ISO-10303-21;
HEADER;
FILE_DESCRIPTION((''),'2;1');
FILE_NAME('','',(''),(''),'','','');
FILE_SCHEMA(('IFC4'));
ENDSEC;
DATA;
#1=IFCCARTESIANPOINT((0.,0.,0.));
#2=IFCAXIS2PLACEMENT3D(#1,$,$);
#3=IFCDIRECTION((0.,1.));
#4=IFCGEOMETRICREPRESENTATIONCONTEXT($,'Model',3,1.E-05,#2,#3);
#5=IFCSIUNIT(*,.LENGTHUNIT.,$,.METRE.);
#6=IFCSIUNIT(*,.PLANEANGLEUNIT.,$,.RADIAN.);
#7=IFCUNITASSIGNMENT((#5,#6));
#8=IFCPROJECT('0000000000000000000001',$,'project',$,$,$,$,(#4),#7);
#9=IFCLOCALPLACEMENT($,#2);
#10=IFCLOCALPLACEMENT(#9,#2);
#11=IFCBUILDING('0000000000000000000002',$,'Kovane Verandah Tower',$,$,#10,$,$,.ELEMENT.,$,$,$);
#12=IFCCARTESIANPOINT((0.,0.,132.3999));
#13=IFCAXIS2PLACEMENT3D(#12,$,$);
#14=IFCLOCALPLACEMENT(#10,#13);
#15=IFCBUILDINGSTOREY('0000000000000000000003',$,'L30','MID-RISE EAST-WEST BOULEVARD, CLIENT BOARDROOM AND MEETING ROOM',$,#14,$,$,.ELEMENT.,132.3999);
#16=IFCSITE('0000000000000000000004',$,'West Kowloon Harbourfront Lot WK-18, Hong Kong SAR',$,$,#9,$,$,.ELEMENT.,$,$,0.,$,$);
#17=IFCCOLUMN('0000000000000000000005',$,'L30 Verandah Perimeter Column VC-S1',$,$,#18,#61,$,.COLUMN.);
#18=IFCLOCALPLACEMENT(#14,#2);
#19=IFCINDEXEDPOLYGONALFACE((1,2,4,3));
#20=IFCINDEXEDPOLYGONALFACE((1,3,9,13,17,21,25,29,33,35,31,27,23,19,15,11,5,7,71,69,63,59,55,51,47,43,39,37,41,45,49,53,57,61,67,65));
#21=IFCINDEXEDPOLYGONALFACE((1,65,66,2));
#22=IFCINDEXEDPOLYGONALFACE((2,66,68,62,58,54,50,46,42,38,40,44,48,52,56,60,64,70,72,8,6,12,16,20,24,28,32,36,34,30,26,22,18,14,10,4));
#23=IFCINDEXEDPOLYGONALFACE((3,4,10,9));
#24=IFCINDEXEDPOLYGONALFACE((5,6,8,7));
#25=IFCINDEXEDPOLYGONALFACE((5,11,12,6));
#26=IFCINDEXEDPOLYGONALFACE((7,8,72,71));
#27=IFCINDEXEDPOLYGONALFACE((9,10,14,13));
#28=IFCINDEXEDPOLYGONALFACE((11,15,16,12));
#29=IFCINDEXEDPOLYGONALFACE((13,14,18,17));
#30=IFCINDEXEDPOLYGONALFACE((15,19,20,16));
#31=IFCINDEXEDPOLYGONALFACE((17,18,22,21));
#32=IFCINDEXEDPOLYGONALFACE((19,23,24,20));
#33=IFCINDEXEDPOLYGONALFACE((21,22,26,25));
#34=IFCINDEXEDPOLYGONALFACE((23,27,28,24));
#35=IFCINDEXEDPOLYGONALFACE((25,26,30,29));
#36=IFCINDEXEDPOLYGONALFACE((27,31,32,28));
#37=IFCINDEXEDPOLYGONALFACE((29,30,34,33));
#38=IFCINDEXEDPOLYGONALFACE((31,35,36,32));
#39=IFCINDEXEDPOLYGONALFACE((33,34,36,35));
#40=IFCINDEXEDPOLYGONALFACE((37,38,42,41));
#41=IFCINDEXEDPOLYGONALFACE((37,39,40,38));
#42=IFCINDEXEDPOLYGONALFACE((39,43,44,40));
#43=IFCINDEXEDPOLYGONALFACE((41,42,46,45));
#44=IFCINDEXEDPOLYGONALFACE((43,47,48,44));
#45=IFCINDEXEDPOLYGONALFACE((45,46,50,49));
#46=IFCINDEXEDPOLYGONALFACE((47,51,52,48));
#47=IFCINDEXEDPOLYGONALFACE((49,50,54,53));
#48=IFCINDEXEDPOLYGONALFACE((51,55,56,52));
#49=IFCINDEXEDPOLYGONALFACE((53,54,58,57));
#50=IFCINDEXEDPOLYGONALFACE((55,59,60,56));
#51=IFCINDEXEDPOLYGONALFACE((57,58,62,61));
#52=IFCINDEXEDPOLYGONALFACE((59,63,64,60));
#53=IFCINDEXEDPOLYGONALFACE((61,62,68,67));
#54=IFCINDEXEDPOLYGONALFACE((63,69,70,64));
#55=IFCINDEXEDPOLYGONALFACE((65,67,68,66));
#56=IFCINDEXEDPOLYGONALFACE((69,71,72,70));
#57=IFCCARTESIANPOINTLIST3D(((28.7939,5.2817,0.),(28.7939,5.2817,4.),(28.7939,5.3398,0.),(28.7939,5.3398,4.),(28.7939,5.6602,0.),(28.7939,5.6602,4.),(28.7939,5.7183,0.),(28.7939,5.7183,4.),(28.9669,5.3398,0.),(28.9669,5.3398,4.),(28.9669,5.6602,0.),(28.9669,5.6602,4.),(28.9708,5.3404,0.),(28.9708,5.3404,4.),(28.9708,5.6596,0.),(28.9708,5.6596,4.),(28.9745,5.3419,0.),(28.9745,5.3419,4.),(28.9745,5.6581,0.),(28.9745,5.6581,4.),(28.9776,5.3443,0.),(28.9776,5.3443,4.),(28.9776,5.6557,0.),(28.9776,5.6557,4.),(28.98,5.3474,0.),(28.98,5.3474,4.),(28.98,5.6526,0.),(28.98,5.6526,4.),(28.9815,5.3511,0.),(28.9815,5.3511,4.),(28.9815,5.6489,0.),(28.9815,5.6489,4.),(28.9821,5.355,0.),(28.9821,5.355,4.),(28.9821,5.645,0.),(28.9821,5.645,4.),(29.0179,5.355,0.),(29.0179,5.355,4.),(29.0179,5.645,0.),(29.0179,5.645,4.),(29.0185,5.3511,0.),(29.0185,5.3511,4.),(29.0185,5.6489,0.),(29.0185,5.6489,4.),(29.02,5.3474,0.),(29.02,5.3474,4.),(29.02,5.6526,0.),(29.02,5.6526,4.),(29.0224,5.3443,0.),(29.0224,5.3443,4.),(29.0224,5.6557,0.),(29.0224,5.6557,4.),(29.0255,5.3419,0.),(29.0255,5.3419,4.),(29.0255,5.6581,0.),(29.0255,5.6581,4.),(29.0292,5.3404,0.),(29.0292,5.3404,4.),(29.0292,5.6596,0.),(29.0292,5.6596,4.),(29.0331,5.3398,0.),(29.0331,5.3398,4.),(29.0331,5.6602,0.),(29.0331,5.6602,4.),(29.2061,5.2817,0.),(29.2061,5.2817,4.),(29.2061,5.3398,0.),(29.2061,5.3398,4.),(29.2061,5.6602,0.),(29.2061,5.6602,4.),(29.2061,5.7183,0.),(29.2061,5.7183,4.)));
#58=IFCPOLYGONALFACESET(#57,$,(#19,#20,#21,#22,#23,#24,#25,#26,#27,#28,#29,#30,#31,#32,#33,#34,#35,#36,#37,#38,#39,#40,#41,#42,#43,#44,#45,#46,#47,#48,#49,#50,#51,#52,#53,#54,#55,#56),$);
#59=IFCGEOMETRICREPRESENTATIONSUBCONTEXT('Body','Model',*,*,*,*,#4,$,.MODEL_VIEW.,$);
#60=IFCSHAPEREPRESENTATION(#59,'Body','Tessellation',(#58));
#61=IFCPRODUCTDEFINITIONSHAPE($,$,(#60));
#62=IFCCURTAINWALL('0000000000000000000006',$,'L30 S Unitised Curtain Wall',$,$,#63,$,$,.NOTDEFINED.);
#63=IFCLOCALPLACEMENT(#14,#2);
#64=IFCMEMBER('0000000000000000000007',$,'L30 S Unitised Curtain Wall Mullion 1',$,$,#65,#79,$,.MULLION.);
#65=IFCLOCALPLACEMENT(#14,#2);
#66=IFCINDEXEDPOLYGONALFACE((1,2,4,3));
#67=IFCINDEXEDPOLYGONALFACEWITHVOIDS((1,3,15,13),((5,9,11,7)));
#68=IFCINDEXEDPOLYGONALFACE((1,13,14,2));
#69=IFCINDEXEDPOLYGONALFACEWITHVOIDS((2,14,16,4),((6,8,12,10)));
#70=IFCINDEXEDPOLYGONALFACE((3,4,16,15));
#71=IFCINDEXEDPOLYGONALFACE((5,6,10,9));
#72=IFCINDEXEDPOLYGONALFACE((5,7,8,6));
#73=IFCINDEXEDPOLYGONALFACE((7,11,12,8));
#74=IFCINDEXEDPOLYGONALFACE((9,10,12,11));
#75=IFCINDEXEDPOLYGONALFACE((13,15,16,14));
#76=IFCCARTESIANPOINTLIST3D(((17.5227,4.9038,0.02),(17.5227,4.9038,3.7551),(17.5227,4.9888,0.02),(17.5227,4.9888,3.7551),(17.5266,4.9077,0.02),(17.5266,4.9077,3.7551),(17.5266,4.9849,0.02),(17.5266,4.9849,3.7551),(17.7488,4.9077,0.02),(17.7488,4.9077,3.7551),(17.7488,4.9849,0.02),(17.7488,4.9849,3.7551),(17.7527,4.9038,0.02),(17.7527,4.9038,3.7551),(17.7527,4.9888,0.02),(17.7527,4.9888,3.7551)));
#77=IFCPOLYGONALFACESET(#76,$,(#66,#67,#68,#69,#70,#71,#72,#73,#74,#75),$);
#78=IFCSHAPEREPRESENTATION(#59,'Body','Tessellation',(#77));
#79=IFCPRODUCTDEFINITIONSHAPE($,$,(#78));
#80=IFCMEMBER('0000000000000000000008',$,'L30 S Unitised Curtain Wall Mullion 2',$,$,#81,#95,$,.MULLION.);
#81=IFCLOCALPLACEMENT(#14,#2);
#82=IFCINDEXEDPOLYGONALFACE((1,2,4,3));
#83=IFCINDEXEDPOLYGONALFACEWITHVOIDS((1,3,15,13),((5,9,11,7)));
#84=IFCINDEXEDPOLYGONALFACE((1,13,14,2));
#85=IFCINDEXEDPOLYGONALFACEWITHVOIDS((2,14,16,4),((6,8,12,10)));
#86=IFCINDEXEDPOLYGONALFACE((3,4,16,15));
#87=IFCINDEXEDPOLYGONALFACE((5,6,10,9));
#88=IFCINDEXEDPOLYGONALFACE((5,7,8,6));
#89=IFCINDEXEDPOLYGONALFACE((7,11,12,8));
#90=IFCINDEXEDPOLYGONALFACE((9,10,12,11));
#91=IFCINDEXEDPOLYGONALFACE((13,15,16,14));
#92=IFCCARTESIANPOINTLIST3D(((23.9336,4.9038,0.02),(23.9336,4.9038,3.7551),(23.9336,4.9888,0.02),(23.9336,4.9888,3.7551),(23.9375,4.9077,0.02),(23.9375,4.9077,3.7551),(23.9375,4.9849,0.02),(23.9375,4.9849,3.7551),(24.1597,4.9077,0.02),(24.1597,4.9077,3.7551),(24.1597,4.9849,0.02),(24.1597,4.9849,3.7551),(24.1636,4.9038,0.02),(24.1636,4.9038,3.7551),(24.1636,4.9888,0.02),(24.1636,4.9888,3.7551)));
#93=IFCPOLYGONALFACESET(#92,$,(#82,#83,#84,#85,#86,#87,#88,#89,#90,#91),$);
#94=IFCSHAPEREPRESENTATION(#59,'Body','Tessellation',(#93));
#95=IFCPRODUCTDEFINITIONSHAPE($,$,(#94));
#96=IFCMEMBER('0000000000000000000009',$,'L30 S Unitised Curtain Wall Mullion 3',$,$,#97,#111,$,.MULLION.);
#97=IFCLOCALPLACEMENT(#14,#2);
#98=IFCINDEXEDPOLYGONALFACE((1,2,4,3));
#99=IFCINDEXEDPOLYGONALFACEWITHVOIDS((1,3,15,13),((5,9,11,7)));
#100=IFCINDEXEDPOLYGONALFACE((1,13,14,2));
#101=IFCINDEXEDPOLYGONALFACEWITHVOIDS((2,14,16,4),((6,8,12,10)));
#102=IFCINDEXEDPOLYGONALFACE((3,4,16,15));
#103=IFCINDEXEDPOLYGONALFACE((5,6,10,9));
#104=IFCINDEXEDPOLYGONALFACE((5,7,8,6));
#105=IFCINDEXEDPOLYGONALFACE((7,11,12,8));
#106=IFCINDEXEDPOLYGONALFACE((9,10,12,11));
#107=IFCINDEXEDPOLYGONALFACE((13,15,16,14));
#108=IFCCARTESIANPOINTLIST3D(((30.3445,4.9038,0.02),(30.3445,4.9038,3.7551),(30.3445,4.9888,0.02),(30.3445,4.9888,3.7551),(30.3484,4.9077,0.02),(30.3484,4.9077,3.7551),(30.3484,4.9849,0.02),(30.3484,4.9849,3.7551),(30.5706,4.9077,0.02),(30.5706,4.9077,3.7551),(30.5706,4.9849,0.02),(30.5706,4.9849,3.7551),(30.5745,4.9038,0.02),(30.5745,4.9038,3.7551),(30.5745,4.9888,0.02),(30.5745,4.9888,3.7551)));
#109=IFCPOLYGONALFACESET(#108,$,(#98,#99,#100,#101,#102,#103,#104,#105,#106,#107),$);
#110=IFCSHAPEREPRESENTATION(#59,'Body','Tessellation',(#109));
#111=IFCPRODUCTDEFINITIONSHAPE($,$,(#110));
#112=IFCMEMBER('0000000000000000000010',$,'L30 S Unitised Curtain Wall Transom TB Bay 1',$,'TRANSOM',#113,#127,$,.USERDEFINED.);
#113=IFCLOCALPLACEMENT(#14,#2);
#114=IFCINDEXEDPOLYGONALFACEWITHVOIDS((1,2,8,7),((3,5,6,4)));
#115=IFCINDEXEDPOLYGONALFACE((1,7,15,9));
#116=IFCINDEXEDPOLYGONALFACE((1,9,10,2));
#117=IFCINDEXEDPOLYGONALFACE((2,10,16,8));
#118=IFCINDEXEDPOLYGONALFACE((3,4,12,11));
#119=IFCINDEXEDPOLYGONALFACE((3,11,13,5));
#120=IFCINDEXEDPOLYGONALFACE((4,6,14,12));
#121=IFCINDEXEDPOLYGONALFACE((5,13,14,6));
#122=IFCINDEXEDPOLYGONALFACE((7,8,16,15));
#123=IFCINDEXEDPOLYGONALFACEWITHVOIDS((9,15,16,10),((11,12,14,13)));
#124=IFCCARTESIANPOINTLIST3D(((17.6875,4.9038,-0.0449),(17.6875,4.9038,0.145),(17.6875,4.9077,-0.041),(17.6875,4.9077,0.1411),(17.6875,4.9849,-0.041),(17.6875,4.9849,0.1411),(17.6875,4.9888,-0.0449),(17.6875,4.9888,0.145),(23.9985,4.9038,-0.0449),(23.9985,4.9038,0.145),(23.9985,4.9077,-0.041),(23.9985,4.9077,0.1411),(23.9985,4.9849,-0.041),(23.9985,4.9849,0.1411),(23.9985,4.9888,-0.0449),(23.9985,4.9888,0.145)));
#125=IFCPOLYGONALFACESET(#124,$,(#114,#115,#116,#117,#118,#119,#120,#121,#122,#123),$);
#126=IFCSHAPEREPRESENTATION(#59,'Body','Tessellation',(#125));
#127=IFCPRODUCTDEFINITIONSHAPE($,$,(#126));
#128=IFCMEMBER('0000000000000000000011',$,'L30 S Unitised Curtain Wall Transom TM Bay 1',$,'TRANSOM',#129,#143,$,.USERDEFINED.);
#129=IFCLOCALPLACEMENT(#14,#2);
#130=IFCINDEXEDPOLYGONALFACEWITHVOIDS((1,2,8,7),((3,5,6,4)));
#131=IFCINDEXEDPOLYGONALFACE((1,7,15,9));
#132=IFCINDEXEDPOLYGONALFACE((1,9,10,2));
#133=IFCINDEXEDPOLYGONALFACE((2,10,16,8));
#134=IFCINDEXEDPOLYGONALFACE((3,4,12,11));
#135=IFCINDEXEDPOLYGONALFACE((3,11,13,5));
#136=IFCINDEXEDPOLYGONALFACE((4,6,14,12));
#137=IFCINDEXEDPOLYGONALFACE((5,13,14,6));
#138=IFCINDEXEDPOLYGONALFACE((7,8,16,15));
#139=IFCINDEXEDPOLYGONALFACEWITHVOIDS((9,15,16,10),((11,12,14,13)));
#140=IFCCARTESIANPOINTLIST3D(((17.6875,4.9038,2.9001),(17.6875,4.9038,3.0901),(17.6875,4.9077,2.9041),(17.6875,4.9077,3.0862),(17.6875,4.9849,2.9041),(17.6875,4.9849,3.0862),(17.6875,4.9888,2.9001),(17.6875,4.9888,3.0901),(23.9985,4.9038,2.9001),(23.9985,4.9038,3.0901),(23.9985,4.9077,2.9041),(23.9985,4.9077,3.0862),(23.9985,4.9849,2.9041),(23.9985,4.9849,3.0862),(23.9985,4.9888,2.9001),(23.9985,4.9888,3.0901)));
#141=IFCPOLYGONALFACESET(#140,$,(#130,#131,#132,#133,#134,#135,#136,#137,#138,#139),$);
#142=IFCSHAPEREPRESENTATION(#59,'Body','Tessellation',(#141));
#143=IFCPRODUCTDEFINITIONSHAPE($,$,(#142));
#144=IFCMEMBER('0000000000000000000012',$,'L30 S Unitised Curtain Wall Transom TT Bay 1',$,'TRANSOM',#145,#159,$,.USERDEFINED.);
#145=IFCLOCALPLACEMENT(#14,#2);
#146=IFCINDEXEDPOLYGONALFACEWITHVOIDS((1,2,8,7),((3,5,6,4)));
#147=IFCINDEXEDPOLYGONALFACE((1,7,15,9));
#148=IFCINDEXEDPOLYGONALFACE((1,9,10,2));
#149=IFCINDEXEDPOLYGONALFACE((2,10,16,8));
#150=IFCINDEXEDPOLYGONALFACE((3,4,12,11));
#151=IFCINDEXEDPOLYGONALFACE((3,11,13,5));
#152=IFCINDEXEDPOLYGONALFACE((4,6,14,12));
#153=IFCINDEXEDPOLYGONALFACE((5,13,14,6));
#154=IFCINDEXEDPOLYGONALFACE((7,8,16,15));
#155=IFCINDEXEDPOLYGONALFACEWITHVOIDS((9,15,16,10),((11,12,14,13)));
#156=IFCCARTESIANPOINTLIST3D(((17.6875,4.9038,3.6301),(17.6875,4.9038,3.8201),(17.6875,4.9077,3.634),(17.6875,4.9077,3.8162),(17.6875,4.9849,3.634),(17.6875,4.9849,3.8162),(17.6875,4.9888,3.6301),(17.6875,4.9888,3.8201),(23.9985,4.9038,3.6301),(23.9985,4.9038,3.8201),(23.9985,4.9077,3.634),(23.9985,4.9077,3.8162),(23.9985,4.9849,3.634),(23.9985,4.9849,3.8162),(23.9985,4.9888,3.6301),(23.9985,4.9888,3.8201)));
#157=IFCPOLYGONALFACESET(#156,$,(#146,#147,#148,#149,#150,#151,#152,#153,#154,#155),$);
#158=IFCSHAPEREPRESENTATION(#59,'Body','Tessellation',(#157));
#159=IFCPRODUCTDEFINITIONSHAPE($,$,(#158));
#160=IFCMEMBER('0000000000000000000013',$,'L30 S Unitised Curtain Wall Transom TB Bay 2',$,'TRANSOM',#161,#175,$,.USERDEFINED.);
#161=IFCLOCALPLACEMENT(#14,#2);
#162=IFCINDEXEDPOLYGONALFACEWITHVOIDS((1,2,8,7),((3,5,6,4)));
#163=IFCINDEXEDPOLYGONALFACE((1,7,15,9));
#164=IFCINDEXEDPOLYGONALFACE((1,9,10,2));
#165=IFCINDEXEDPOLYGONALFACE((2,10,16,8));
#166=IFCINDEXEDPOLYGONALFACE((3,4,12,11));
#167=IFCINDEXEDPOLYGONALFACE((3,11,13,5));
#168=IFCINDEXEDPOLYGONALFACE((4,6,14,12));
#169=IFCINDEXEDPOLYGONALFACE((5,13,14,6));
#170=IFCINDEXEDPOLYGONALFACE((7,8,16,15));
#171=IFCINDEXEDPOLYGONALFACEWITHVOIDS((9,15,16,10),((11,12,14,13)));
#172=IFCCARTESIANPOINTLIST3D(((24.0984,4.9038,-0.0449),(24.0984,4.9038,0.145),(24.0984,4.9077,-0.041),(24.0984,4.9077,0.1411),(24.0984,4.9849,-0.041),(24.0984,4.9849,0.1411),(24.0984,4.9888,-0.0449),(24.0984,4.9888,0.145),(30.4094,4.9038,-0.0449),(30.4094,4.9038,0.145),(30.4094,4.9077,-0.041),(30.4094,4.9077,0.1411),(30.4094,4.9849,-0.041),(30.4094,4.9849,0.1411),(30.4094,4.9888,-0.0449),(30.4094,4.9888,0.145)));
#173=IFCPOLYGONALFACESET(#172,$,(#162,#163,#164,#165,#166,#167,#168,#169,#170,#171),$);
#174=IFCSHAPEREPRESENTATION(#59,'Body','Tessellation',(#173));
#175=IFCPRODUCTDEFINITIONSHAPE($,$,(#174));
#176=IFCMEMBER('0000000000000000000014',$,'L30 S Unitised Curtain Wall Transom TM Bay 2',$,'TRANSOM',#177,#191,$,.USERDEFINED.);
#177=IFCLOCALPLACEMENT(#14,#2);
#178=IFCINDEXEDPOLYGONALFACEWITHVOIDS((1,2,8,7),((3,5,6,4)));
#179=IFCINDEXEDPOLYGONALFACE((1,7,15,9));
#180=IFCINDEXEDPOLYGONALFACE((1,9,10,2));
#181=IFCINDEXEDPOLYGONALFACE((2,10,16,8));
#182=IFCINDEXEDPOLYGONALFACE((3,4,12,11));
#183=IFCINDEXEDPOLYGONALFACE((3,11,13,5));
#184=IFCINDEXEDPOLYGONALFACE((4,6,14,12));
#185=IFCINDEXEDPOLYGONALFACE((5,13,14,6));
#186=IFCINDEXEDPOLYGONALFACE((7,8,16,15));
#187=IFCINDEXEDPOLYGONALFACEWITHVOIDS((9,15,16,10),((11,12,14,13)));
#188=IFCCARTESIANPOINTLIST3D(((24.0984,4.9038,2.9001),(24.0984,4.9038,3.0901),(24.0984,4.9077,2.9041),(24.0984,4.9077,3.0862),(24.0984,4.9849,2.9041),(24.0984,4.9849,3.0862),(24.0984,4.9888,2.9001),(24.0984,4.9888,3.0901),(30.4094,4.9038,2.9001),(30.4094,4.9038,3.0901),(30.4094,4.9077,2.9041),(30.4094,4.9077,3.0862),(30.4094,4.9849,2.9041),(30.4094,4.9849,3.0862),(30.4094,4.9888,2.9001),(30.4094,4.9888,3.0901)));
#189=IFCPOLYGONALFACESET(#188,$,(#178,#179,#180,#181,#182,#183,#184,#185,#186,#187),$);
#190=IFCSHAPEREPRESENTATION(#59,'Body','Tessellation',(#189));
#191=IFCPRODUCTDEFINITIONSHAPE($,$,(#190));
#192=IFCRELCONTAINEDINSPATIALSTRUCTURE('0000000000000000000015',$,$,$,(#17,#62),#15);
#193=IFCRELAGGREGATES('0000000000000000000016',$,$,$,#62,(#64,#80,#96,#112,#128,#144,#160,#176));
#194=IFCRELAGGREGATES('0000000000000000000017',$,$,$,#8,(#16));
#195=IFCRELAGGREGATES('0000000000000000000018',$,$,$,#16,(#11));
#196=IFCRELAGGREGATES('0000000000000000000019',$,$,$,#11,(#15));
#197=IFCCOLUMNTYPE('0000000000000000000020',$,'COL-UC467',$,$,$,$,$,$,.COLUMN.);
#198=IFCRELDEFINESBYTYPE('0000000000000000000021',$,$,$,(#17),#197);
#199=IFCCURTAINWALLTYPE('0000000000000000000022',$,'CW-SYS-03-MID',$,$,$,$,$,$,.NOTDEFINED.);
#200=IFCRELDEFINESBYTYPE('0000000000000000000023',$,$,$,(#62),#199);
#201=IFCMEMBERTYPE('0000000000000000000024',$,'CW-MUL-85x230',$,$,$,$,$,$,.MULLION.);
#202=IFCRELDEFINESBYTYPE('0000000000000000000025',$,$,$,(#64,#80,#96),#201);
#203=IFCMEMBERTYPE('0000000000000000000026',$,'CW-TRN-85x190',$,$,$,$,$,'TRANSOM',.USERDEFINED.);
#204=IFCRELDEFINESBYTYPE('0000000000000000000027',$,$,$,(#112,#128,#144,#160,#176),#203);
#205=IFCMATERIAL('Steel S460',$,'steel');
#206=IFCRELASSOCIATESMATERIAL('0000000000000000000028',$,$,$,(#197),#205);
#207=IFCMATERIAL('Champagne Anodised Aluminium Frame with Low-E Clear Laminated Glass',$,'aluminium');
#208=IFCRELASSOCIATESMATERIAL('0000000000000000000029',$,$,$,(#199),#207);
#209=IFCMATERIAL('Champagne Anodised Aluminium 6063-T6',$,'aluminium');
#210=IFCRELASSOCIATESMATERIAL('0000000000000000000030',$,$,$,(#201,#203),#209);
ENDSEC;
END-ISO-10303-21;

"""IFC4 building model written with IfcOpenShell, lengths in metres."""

from ifc_helpers import new_model, si_unit, direction, frame, origin, origin_2d, place, context, subcontext, project, spatial, hollow_rectangle, i_section, extrude, material, material_profile, profile_set, type_object, element, aggregate, save


model = new_model("IFC4")

# Units and contexts
model_context = context("Model", 3, precision=1e-05, world=origin(), true_north=direction((0.0, 1.0)))
body_context = subcontext(model_context, "Body", "Model", "MODEL_VIEW")
ifc_project = project(units=[si_unit("LENGTHUNIT", "METRE"), si_unit("PLANEANGLEUNIT", "RADIAN")], contexts=[model_context])

# Site, building, storey
site_placement = place(None, origin())
site = spatial("IfcSite", under=ifc_project, at=site_placement, Name="West Kowloon Harbourfront Lot WK-18, Hong Kong SAR", CompositionType="ELEMENT", RefElevation=0.0)
building_placement = place(site_placement, origin())
building = spatial("IfcBuilding", under=site, at=building_placement, Name="Kovane Verandah Tower", CompositionType="ELEMENT")
storey_placement = place(building_placement, frame((0.0, 0.0, 132.3999)))
storey = spatial("IfcBuildingStorey", under=building, at=storey_placement, Name="L30", Description="MID-RISE EAST-WEST BOULEVARD, CLIENT BOARDROOM AND MEETING ROOM", CompositionType="ELEMENT", Elevation=132.3999)

# Column
ifc_material_1 = material(Name="Steel S460", Category="steel")
ifc_material_profile_1 = material_profile(ifc_material_1, i_section(OverallWidth=0.4121, OverallDepth=0.4365, WebThickness=0.0359, FlangeThickness=0.0581, FilletRadius=0.0151, at=origin_2d()), Name="UC356x406x467")
ifc_profile_set_1 = profile_set([ifc_material_profile_1], Name="Steel S460")
column_type = type_object("IfcColumnType", Name="COL-UC467", PredefinedType="COLUMN", material=ifc_profile_set_1)
column_placement = place(storey_placement, frame((29.0, 5.5, 0.0), z_axis=(0.0, 0.0, 1.0), x_axis=(1.0, 0.0, 0.0)))
element("IfcColumn", 1, at=column_placement, inside=storey, type_object=column_type, Name="L30 Verandah Perimeter Column VC-S1", PredefinedType="COLUMN", context=body_context, shape_type="SweptSolid", body=[
    extrude(i_section(OverallWidth=0.4121, OverallDepth=0.4365, WebThickness=0.0359, FlangeThickness=0.0581, FilletRadius=0.0151, at=origin_2d()), origin(), (0.0, 0.0, 1.0), 4.0),
])

# Curtain wall, members
ifc_material_2 = material(Name="Champagne Anodised Aluminium Frame with Low-E Clear Laminated Glass", Category="aluminium")
curtain_wall_type = type_object("IfcCurtainWallType", Name="CW-SYS-03-MID", PredefinedType="NOTDEFINED", material=ifc_material_2)
curtain_wall_placement = place(storey_placement, origin())
curtain_wall = element("IfcCurtainWall", 2, at=curtain_wall_placement, inside=storey, type_object=curtain_wall_type, Name="L30 S Unitised Curtain Wall", PredefinedType="NOTDEFINED")
ifc_material_3 = material(Name="Champagne Anodised Aluminium 6063-T6", Category="aluminium")
ifc_material_profile_2 = material_profile(ifc_material_3, hollow_rectangle(XDim=0.085, YDim=0.23, WallThickness=0.0039, at=origin_2d()), Name="AL85x230x4")
ifc_profile_set_2 = profile_set([ifc_material_profile_2], Name="Champagne Anodised Aluminium 6063-T6")
member_type_1 = type_object("IfcMemberType", Name="CW-MUL-85x230", PredefinedType="MULLION", material=ifc_profile_set_2)
member_1_placement = place(storey_placement, frame((17.6377, 4.9463, 0.02), z_axis=(0.0, 0.0, 1.0), x_axis=(0.0, -1.0, 0.0)))
member_1 = element("IfcMember", 3, at=member_1_placement, type_object=member_type_1, Name="L30 S Unitised Curtain Wall Mullion 1", PredefinedType="MULLION", context=body_context, shape_type="SweptSolid", body=[
    extrude(hollow_rectangle(XDim=0.085, YDim=0.23, WallThickness=0.0039, at=origin_2d()), origin(), (0.0, 0.0, 1.0), 3.7351),
])
member_2_placement = place(storey_placement, frame((24.0486, 4.9463, 0.02), z_axis=(0.0, 0.0, 1.0), x_axis=(0.0, -1.0, 0.0)))
member_2 = element("IfcMember", 4, at=member_2_placement, type_object=member_type_1, Name="L30 S Unitised Curtain Wall Mullion 2", PredefinedType="MULLION", context=body_context, shape_type="SweptSolid", body=[
    extrude(hollow_rectangle(XDim=0.085, YDim=0.23, WallThickness=0.0039, at=origin_2d()), origin(), (0.0, 0.0, 1.0), 3.7351),
])
member_3_placement = place(storey_placement, frame((30.4595, 4.9463, 0.02), z_axis=(0.0, 0.0, 1.0), x_axis=(0.0, -1.0, 0.0)))
member_3 = element("IfcMember", 5, at=member_3_placement, type_object=member_type_1, Name="L30 S Unitised Curtain Wall Mullion 3", PredefinedType="MULLION", context=body_context, shape_type="SweptSolid", body=[
    extrude(hollow_rectangle(XDim=0.085, YDim=0.23, WallThickness=0.0039, at=origin_2d()), origin(), (0.0, 0.0, 1.0), 3.7351),
])
ifc_material_profile_3 = material_profile(ifc_material_3, hollow_rectangle(XDim=0.085, YDim=0.1899, WallThickness=0.0039, at=origin_2d()), Name="AL85x190x4")
ifc_profile_set_3 = profile_set([ifc_material_profile_3], Name="Champagne Anodised Aluminium 6063-T6")
member_type_2 = type_object("IfcMemberType", Name="CW-TRN-85x190", ElementType="TRANSOM", PredefinedType="USERDEFINED", material=ifc_profile_set_3)
member_4_placement = place(storey_placement, frame((17.6875, 4.9463, 0.05), z_axis=(1.0, 0.0, 0.0), x_axis=(0.0, 1.0, 0.0)))
member_4 = element("IfcMember", 6, at=member_4_placement, type_object=member_type_2, Name="L30 S Unitised Curtain Wall Transom TB Bay 1", ObjectType="TRANSOM", PredefinedType="USERDEFINED", context=body_context, shape_type="SweptSolid", body=[
    extrude(hollow_rectangle(XDim=0.085, YDim=0.1899, WallThickness=0.0039, at=origin_2d()), origin(), (0.0, 0.0, 1.0), 6.311),
])
member_5_placement = place(storey_placement, frame((17.6875, 4.9463, 2.9951), z_axis=(1.0, 0.0, 0.0), x_axis=(0.0, 1.0, 0.0)))
member_5 = element("IfcMember", 7, at=member_5_placement, type_object=member_type_2, Name="L30 S Unitised Curtain Wall Transom TM Bay 1", ObjectType="TRANSOM", PredefinedType="USERDEFINED", context=body_context, shape_type="SweptSolid", body=[
    extrude(hollow_rectangle(XDim=0.085, YDim=0.1899, WallThickness=0.0039, at=origin_2d()), origin(), (0.0, 0.0, 1.0), 6.311),
])
member_6_placement = place(storey_placement, frame((17.6875, 4.9463, 3.7251), z_axis=(1.0, 0.0, 0.0), x_axis=(0.0, 1.0, 0.0)))
member_6 = element("IfcMember", 8, at=member_6_placement, type_object=member_type_2, Name="L30 S Unitised Curtain Wall Transom TT Bay 1", ObjectType="TRANSOM", PredefinedType="USERDEFINED", context=body_context, shape_type="SweptSolid", body=[
    extrude(hollow_rectangle(XDim=0.085, YDim=0.1899, WallThickness=0.0039, at=origin_2d()), origin(), (0.0, 0.0, 1.0), 6.311),
])
member_7_placement = place(storey_placement, frame((24.0984, 4.9463, 0.05), z_axis=(1.0, 0.0, 0.0), x_axis=(0.0, 1.0, 0.0)))
member_7 = element("IfcMember", 9, at=member_7_placement, type_object=member_type_2, Name="L30 S Unitised Curtain Wall Transom TB Bay 2", ObjectType="TRANSOM", PredefinedType="USERDEFINED", context=body_context, shape_type="SweptSolid", body=[
    extrude(hollow_rectangle(XDim=0.085, YDim=0.1899, WallThickness=0.0039, at=origin_2d()), origin(), (0.0, 0.0, 1.0), 6.311),
])
member_8_placement = place(storey_placement, frame((24.0984, 4.9463, 2.9951), z_axis=(1.0, 0.0, 0.0), x_axis=(0.0, 1.0, 0.0)))
member_8 = element("IfcMember", 10, at=member_8_placement, type_object=member_type_2, Name="L30 S Unitised Curtain Wall Transom TM Bay 2", ObjectType="TRANSOM", PredefinedType="USERDEFINED", context=body_context, shape_type="SweptSolid", body=[
    extrude(hollow_rectangle(XDim=0.085, YDim=0.1899, WallThickness=0.0039, at=origin_2d()), origin(), (0.0, 0.0, 1.0), 6.311),
])

aggregate(curtain_wall, [member_1, member_2, member_3, member_4, member_5, member_6, member_7, member_8])

save(model, "model.ifc")
